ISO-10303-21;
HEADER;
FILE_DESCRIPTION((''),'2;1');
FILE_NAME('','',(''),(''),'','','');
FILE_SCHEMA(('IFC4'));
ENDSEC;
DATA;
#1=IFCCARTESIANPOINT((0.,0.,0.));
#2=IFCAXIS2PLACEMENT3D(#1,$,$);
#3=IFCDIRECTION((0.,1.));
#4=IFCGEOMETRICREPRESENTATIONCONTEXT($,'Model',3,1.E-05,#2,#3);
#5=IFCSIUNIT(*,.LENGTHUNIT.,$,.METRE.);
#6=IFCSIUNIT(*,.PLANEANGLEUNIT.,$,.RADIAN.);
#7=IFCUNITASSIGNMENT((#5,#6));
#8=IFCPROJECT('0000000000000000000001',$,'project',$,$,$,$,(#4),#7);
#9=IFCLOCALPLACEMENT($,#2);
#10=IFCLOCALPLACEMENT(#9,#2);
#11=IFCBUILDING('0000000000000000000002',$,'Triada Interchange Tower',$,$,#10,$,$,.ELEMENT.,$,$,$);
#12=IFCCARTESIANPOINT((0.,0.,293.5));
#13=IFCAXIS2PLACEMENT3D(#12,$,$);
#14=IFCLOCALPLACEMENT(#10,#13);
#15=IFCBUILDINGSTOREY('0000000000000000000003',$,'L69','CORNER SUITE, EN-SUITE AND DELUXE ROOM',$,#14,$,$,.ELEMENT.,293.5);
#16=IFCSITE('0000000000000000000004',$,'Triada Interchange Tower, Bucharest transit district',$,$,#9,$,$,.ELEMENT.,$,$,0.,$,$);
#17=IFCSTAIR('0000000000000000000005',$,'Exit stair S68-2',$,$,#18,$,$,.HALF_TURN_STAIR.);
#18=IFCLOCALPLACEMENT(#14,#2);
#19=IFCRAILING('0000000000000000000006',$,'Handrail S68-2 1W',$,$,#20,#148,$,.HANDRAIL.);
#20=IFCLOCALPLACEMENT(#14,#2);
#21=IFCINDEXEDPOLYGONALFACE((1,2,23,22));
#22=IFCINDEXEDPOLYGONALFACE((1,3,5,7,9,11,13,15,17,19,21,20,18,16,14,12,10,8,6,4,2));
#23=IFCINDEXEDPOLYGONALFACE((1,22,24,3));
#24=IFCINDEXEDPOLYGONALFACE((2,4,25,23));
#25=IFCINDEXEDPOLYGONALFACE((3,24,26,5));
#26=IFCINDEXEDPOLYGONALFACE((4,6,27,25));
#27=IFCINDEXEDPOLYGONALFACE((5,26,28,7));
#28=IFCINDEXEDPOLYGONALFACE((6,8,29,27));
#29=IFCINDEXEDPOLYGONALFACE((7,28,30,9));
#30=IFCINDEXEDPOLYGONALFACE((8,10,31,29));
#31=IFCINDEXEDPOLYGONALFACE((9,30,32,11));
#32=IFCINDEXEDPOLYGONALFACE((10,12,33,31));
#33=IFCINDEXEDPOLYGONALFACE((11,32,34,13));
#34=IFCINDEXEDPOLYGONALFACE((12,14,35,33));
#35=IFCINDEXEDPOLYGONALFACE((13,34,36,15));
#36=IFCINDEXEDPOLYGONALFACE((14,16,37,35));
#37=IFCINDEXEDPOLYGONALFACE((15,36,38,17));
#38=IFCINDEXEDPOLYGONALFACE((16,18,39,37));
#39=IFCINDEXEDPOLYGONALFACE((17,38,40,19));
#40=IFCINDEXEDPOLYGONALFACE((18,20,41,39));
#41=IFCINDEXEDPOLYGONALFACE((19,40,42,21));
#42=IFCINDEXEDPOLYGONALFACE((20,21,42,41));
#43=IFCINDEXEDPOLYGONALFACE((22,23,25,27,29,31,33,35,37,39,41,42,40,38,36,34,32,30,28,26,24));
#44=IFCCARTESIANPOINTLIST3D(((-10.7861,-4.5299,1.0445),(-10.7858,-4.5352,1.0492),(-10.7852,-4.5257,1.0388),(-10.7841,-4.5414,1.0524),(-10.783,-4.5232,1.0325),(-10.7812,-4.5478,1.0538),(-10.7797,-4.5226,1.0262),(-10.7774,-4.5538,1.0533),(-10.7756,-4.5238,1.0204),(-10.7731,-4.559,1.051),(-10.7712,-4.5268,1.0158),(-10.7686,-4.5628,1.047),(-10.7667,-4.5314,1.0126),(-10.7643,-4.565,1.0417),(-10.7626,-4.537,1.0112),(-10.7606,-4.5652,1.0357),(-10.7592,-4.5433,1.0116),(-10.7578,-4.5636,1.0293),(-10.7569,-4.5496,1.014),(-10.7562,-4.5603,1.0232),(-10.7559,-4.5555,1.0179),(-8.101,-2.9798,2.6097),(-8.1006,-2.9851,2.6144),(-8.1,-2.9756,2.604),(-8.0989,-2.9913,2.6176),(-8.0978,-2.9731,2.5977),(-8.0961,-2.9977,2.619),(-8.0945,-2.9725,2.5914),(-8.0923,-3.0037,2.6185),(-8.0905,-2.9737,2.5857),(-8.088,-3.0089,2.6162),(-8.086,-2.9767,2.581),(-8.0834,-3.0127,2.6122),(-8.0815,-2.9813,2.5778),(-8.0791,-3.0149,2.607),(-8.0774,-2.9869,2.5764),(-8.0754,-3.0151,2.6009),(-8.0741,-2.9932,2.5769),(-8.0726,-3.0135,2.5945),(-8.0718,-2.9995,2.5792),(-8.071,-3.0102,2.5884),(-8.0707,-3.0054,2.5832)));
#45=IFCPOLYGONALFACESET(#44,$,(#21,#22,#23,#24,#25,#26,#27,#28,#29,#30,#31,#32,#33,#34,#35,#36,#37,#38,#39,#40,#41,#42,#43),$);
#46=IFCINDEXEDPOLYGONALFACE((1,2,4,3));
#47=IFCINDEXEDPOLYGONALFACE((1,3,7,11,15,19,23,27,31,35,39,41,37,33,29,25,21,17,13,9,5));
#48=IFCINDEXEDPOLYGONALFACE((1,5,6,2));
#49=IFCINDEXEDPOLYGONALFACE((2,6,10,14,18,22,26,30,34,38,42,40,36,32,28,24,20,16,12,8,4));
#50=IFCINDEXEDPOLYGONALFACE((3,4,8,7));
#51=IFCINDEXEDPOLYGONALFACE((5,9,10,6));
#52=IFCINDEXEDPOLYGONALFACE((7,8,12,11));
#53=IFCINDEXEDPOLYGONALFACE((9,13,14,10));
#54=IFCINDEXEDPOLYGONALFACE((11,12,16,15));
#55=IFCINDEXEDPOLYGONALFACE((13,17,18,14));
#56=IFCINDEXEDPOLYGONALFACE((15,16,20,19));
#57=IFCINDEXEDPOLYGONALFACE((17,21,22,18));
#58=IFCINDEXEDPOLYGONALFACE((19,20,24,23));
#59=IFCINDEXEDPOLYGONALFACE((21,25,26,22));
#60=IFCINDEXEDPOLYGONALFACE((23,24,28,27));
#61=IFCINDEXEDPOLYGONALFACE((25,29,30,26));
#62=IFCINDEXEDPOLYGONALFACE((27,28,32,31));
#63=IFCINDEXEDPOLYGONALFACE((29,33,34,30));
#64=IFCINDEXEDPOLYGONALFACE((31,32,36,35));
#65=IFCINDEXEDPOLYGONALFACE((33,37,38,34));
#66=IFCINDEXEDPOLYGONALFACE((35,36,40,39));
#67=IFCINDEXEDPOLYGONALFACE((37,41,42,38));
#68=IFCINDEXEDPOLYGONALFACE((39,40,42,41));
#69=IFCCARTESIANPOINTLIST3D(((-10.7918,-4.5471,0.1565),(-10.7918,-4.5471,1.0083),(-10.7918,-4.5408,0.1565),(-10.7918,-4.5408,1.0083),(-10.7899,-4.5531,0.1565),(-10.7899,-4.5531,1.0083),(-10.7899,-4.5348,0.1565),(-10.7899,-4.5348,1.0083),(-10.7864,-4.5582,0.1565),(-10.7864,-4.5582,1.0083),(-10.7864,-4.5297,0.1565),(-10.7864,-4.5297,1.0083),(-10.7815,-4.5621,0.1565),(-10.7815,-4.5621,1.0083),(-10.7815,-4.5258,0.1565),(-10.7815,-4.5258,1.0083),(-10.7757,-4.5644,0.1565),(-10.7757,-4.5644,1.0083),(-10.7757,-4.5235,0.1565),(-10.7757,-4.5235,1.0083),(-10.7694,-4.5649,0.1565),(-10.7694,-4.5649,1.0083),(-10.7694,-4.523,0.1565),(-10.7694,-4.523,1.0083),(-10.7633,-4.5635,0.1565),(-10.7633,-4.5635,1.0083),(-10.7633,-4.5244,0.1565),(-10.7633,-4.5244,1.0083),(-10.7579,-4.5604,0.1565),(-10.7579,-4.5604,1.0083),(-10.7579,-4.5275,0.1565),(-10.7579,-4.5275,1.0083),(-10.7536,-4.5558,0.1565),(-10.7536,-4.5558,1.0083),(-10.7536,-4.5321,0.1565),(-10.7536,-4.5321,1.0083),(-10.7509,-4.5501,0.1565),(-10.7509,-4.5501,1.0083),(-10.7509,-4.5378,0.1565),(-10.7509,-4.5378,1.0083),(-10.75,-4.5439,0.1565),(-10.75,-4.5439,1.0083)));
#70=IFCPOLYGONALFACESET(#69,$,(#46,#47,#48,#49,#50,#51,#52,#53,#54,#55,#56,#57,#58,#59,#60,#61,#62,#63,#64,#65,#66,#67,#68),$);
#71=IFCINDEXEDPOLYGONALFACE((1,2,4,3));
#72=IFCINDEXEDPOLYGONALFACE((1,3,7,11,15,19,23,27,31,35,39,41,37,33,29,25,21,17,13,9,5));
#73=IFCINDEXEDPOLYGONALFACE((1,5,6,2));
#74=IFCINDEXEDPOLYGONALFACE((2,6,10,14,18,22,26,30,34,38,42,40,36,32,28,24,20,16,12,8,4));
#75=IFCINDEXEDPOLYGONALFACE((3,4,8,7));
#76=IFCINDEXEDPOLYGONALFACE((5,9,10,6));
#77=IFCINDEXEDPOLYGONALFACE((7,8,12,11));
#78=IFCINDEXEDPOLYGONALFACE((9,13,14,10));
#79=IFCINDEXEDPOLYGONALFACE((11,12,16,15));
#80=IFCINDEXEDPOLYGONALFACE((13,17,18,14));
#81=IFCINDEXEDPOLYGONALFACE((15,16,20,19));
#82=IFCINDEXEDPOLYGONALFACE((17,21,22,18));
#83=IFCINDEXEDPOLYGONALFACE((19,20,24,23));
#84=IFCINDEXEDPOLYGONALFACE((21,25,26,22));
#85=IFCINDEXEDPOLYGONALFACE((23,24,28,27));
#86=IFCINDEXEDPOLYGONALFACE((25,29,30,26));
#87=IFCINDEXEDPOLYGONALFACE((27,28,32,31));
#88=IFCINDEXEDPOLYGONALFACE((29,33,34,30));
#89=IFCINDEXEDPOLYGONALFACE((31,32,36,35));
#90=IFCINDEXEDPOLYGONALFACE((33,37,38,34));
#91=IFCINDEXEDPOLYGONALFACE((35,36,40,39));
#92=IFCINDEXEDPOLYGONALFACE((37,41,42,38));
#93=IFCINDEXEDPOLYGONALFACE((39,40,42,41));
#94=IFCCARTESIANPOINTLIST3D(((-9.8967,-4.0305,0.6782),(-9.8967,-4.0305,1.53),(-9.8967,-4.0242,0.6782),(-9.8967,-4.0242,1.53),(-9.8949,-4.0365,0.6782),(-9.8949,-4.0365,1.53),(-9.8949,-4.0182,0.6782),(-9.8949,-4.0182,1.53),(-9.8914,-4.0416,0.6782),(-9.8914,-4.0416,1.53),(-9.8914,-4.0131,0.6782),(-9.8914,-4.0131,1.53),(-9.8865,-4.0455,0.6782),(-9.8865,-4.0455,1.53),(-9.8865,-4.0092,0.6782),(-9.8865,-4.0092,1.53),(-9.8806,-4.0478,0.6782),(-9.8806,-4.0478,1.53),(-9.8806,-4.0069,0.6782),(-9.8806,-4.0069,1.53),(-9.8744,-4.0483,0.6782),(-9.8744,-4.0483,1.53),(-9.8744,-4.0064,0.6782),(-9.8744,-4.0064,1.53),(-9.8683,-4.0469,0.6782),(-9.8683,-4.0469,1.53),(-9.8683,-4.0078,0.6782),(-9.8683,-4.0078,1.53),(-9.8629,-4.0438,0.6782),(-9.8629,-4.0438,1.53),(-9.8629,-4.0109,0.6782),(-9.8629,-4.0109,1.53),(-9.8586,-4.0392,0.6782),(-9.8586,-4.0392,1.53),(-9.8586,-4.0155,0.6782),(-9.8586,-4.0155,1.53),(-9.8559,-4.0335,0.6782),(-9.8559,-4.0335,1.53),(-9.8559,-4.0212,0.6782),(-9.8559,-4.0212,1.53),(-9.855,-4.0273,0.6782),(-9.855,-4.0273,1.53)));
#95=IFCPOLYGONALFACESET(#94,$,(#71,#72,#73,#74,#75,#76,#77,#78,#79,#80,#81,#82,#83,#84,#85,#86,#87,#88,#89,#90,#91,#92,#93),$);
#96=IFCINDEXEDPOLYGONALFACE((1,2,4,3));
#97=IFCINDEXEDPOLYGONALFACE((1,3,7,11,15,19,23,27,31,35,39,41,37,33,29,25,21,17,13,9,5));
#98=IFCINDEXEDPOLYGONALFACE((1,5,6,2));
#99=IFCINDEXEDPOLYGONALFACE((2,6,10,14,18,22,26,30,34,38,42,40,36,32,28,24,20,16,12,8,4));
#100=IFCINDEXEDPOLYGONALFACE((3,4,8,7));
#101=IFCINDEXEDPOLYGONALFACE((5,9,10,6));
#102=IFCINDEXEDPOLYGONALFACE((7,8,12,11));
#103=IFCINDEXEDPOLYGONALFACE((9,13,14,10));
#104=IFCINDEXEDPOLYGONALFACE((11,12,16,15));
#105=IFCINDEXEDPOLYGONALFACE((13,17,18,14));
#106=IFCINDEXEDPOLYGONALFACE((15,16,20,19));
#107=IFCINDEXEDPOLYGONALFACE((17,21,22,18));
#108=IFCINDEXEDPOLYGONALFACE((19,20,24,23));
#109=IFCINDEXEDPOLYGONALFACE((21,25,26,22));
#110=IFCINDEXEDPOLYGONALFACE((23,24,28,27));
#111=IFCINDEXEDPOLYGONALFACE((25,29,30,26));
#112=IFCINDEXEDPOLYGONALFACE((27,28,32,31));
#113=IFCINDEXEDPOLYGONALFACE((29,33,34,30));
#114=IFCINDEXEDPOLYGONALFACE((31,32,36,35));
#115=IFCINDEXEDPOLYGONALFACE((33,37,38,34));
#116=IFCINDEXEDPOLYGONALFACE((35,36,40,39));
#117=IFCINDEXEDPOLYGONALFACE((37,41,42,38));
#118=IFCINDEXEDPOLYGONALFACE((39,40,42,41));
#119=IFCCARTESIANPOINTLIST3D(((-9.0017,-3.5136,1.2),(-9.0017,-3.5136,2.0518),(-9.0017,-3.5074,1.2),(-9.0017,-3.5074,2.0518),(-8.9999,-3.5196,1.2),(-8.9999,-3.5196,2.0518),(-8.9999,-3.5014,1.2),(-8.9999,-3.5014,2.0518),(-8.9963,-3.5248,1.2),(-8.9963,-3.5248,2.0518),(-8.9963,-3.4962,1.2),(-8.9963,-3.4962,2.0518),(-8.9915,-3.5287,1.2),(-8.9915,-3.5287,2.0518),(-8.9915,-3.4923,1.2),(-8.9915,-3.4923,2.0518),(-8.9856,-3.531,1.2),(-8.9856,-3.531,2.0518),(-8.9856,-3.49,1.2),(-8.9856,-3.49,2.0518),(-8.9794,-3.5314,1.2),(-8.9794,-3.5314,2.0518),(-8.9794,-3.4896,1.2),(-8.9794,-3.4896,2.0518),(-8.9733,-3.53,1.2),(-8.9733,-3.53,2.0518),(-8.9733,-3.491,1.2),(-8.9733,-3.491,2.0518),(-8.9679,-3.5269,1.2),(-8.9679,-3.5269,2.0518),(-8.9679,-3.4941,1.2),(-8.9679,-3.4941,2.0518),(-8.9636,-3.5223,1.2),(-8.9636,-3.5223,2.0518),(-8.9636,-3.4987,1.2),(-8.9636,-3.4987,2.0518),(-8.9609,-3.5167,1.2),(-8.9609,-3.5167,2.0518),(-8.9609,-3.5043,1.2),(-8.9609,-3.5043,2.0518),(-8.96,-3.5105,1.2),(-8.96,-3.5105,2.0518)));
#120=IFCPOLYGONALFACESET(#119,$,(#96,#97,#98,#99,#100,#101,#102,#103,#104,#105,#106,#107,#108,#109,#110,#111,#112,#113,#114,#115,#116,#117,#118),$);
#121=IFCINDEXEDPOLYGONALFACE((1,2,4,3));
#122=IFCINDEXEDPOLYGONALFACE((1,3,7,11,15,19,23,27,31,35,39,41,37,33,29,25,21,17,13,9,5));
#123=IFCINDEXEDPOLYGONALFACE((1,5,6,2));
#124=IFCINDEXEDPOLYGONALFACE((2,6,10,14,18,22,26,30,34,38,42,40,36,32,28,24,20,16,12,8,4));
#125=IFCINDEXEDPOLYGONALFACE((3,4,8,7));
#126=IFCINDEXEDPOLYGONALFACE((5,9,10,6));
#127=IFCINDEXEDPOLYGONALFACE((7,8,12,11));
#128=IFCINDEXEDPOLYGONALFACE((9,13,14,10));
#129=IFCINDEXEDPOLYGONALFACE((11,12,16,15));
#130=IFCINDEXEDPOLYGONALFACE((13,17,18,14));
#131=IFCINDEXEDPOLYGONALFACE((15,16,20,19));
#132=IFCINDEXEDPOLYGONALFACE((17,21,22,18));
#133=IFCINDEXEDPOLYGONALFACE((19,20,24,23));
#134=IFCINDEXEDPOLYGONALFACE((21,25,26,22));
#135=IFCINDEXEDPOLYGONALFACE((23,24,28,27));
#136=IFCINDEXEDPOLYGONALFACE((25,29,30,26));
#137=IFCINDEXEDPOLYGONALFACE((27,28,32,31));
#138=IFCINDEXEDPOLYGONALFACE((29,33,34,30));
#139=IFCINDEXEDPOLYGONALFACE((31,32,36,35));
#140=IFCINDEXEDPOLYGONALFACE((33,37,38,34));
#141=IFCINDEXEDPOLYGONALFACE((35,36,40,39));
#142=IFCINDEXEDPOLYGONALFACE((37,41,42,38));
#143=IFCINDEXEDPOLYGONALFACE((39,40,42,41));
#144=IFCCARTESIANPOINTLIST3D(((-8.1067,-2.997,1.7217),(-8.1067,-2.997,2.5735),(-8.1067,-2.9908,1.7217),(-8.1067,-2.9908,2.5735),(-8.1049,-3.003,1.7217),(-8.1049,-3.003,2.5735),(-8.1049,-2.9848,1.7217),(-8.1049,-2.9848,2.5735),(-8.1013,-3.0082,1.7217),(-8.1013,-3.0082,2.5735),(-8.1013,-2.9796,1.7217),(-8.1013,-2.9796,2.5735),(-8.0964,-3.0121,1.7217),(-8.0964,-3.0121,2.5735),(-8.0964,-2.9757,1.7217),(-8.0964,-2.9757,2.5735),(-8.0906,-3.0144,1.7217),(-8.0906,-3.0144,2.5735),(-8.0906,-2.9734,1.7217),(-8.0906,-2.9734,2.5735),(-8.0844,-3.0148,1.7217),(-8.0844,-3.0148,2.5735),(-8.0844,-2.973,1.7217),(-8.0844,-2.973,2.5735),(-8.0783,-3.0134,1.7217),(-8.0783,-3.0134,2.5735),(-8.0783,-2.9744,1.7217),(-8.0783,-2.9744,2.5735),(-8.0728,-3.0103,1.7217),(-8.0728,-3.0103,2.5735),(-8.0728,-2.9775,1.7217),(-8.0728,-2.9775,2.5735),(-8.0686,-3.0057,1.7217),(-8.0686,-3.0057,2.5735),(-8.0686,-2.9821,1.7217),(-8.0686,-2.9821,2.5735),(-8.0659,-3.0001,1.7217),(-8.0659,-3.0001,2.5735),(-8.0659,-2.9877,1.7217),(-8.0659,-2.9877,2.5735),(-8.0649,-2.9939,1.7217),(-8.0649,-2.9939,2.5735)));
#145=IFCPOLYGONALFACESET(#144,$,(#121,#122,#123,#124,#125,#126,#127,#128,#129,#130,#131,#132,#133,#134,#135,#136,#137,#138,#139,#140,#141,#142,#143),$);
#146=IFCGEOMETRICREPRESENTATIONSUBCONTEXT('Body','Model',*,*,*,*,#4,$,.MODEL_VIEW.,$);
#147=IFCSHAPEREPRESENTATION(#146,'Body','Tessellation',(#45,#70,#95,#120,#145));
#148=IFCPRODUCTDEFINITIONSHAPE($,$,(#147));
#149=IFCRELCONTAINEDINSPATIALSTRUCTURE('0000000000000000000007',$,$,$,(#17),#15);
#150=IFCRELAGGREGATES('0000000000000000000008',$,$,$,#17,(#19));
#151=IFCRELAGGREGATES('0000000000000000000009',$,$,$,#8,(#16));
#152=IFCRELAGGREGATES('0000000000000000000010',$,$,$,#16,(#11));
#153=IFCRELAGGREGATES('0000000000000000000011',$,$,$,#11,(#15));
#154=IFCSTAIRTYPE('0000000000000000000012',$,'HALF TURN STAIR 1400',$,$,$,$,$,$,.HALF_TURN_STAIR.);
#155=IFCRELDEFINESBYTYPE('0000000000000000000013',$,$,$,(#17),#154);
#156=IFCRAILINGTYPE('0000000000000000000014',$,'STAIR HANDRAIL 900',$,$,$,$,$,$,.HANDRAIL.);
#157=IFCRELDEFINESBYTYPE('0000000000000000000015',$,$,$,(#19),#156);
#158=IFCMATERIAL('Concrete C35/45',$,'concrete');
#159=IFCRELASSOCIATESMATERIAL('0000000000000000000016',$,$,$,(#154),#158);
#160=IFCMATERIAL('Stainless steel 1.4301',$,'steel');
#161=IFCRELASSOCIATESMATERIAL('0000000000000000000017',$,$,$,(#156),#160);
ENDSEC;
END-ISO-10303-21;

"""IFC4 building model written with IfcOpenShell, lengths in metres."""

from ifc_helpers import new_model, si_unit, direction, frame, origin, origin_2d, place, context, subcontext, project, spatial, circle, extrude, material, type_object, element, aggregate, save


model = new_model("IFC4")

# Units and contexts
model_context = context("Model", 3, precision=1e-05, world=origin(), true_north=direction((0.0, 1.0)))
body_context = subcontext(model_context, "Body", "Model", "MODEL_VIEW")
ifc_project = project(units=[si_unit("LENGTHUNIT", "METRE"), si_unit("PLANEANGLEUNIT", "RADIAN")], contexts=[model_context])

# Site, building, storey
site_placement = place(None, origin())
site = spatial("IfcSite", under=ifc_project, at=site_placement, Name="Triada Interchange Tower, Bucharest transit district", CompositionType="ELEMENT", RefElevation=0.0)
building_placement = place(site_placement, origin())
building = spatial("IfcBuilding", under=site, at=building_placement, Name="Triada Interchange Tower", CompositionType="ELEMENT")
storey_placement = place(building_placement, frame((0.0, 0.0, 293.5)))
storey = spatial("IfcBuildingStorey", under=building, at=storey_placement, Name="L69", Description="CORNER SUITE, EN-SUITE AND DELUXE ROOM", CompositionType="ELEMENT", Elevation=293.5)

# Stair, railing
ifc_material_1 = material(Name="Concrete C35/45", Category="concrete")
stair_type = type_object("IfcStairType", Name="HALF TURN STAIR 1400", PredefinedType="HALF_TURN_STAIR", material=ifc_material_1)
stair_placement = place(storey_placement, origin())
stair = element("IfcStair", 1, at=stair_placement, inside=storey, type_object=stair_type, Name="Exit stair S68-2", PredefinedType="HALF_TURN_STAIR")
ifc_material_2 = material(Name="Stainless steel 1.4301", Category="steel")
railing_type = type_object("IfcRailingType", Name="STAIR HANDRAIL 900", PredefinedType="HANDRAIL", material=ifc_material_2)
railing_1_placement = place(storey_placement, frame((-10.771, -4.5439, 0.1565)))
railing_1 = element("IfcRailing", 2, at=railing_1_placement, type_object=railing_type, Name="Handrail S68-2 1W", PredefinedType="HANDRAIL", context=body_context, shape_type="SweptSolid", body=[
    extrude(circle(Radius=0.0239, at=origin_2d()), frame((0.0, 0.0, 0.876), z_axis=(0.773115, 0.446309, 0.450667), x_axis=(-0.499959, 0.866049, 0.0)), (0.0, 0.0, 1.0), 3.4731),
    extrude(circle(Radius=0.021, at=origin_2d()), origin(), (0.0, 0.0, 1.0), 0.8518),
    extrude(circle(Radius=0.021, at=origin_2d()), frame((0.895, 0.5166, 0.5217)), (0.0, 0.0, 1.0), 0.8518),
    extrude(circle(Radius=0.021, at=origin_2d()), frame((1.79, 1.0334, 1.0435)), (0.0, 0.0, 1.0), 0.8518),
    extrude(circle(Radius=0.021, at=origin_2d()), frame((2.6851, 1.55, 1.5652)), (0.0, 0.0, 1.0), 0.8518),
])
aggregate(stair, [railing_1])

save(model, "model.ifc")
